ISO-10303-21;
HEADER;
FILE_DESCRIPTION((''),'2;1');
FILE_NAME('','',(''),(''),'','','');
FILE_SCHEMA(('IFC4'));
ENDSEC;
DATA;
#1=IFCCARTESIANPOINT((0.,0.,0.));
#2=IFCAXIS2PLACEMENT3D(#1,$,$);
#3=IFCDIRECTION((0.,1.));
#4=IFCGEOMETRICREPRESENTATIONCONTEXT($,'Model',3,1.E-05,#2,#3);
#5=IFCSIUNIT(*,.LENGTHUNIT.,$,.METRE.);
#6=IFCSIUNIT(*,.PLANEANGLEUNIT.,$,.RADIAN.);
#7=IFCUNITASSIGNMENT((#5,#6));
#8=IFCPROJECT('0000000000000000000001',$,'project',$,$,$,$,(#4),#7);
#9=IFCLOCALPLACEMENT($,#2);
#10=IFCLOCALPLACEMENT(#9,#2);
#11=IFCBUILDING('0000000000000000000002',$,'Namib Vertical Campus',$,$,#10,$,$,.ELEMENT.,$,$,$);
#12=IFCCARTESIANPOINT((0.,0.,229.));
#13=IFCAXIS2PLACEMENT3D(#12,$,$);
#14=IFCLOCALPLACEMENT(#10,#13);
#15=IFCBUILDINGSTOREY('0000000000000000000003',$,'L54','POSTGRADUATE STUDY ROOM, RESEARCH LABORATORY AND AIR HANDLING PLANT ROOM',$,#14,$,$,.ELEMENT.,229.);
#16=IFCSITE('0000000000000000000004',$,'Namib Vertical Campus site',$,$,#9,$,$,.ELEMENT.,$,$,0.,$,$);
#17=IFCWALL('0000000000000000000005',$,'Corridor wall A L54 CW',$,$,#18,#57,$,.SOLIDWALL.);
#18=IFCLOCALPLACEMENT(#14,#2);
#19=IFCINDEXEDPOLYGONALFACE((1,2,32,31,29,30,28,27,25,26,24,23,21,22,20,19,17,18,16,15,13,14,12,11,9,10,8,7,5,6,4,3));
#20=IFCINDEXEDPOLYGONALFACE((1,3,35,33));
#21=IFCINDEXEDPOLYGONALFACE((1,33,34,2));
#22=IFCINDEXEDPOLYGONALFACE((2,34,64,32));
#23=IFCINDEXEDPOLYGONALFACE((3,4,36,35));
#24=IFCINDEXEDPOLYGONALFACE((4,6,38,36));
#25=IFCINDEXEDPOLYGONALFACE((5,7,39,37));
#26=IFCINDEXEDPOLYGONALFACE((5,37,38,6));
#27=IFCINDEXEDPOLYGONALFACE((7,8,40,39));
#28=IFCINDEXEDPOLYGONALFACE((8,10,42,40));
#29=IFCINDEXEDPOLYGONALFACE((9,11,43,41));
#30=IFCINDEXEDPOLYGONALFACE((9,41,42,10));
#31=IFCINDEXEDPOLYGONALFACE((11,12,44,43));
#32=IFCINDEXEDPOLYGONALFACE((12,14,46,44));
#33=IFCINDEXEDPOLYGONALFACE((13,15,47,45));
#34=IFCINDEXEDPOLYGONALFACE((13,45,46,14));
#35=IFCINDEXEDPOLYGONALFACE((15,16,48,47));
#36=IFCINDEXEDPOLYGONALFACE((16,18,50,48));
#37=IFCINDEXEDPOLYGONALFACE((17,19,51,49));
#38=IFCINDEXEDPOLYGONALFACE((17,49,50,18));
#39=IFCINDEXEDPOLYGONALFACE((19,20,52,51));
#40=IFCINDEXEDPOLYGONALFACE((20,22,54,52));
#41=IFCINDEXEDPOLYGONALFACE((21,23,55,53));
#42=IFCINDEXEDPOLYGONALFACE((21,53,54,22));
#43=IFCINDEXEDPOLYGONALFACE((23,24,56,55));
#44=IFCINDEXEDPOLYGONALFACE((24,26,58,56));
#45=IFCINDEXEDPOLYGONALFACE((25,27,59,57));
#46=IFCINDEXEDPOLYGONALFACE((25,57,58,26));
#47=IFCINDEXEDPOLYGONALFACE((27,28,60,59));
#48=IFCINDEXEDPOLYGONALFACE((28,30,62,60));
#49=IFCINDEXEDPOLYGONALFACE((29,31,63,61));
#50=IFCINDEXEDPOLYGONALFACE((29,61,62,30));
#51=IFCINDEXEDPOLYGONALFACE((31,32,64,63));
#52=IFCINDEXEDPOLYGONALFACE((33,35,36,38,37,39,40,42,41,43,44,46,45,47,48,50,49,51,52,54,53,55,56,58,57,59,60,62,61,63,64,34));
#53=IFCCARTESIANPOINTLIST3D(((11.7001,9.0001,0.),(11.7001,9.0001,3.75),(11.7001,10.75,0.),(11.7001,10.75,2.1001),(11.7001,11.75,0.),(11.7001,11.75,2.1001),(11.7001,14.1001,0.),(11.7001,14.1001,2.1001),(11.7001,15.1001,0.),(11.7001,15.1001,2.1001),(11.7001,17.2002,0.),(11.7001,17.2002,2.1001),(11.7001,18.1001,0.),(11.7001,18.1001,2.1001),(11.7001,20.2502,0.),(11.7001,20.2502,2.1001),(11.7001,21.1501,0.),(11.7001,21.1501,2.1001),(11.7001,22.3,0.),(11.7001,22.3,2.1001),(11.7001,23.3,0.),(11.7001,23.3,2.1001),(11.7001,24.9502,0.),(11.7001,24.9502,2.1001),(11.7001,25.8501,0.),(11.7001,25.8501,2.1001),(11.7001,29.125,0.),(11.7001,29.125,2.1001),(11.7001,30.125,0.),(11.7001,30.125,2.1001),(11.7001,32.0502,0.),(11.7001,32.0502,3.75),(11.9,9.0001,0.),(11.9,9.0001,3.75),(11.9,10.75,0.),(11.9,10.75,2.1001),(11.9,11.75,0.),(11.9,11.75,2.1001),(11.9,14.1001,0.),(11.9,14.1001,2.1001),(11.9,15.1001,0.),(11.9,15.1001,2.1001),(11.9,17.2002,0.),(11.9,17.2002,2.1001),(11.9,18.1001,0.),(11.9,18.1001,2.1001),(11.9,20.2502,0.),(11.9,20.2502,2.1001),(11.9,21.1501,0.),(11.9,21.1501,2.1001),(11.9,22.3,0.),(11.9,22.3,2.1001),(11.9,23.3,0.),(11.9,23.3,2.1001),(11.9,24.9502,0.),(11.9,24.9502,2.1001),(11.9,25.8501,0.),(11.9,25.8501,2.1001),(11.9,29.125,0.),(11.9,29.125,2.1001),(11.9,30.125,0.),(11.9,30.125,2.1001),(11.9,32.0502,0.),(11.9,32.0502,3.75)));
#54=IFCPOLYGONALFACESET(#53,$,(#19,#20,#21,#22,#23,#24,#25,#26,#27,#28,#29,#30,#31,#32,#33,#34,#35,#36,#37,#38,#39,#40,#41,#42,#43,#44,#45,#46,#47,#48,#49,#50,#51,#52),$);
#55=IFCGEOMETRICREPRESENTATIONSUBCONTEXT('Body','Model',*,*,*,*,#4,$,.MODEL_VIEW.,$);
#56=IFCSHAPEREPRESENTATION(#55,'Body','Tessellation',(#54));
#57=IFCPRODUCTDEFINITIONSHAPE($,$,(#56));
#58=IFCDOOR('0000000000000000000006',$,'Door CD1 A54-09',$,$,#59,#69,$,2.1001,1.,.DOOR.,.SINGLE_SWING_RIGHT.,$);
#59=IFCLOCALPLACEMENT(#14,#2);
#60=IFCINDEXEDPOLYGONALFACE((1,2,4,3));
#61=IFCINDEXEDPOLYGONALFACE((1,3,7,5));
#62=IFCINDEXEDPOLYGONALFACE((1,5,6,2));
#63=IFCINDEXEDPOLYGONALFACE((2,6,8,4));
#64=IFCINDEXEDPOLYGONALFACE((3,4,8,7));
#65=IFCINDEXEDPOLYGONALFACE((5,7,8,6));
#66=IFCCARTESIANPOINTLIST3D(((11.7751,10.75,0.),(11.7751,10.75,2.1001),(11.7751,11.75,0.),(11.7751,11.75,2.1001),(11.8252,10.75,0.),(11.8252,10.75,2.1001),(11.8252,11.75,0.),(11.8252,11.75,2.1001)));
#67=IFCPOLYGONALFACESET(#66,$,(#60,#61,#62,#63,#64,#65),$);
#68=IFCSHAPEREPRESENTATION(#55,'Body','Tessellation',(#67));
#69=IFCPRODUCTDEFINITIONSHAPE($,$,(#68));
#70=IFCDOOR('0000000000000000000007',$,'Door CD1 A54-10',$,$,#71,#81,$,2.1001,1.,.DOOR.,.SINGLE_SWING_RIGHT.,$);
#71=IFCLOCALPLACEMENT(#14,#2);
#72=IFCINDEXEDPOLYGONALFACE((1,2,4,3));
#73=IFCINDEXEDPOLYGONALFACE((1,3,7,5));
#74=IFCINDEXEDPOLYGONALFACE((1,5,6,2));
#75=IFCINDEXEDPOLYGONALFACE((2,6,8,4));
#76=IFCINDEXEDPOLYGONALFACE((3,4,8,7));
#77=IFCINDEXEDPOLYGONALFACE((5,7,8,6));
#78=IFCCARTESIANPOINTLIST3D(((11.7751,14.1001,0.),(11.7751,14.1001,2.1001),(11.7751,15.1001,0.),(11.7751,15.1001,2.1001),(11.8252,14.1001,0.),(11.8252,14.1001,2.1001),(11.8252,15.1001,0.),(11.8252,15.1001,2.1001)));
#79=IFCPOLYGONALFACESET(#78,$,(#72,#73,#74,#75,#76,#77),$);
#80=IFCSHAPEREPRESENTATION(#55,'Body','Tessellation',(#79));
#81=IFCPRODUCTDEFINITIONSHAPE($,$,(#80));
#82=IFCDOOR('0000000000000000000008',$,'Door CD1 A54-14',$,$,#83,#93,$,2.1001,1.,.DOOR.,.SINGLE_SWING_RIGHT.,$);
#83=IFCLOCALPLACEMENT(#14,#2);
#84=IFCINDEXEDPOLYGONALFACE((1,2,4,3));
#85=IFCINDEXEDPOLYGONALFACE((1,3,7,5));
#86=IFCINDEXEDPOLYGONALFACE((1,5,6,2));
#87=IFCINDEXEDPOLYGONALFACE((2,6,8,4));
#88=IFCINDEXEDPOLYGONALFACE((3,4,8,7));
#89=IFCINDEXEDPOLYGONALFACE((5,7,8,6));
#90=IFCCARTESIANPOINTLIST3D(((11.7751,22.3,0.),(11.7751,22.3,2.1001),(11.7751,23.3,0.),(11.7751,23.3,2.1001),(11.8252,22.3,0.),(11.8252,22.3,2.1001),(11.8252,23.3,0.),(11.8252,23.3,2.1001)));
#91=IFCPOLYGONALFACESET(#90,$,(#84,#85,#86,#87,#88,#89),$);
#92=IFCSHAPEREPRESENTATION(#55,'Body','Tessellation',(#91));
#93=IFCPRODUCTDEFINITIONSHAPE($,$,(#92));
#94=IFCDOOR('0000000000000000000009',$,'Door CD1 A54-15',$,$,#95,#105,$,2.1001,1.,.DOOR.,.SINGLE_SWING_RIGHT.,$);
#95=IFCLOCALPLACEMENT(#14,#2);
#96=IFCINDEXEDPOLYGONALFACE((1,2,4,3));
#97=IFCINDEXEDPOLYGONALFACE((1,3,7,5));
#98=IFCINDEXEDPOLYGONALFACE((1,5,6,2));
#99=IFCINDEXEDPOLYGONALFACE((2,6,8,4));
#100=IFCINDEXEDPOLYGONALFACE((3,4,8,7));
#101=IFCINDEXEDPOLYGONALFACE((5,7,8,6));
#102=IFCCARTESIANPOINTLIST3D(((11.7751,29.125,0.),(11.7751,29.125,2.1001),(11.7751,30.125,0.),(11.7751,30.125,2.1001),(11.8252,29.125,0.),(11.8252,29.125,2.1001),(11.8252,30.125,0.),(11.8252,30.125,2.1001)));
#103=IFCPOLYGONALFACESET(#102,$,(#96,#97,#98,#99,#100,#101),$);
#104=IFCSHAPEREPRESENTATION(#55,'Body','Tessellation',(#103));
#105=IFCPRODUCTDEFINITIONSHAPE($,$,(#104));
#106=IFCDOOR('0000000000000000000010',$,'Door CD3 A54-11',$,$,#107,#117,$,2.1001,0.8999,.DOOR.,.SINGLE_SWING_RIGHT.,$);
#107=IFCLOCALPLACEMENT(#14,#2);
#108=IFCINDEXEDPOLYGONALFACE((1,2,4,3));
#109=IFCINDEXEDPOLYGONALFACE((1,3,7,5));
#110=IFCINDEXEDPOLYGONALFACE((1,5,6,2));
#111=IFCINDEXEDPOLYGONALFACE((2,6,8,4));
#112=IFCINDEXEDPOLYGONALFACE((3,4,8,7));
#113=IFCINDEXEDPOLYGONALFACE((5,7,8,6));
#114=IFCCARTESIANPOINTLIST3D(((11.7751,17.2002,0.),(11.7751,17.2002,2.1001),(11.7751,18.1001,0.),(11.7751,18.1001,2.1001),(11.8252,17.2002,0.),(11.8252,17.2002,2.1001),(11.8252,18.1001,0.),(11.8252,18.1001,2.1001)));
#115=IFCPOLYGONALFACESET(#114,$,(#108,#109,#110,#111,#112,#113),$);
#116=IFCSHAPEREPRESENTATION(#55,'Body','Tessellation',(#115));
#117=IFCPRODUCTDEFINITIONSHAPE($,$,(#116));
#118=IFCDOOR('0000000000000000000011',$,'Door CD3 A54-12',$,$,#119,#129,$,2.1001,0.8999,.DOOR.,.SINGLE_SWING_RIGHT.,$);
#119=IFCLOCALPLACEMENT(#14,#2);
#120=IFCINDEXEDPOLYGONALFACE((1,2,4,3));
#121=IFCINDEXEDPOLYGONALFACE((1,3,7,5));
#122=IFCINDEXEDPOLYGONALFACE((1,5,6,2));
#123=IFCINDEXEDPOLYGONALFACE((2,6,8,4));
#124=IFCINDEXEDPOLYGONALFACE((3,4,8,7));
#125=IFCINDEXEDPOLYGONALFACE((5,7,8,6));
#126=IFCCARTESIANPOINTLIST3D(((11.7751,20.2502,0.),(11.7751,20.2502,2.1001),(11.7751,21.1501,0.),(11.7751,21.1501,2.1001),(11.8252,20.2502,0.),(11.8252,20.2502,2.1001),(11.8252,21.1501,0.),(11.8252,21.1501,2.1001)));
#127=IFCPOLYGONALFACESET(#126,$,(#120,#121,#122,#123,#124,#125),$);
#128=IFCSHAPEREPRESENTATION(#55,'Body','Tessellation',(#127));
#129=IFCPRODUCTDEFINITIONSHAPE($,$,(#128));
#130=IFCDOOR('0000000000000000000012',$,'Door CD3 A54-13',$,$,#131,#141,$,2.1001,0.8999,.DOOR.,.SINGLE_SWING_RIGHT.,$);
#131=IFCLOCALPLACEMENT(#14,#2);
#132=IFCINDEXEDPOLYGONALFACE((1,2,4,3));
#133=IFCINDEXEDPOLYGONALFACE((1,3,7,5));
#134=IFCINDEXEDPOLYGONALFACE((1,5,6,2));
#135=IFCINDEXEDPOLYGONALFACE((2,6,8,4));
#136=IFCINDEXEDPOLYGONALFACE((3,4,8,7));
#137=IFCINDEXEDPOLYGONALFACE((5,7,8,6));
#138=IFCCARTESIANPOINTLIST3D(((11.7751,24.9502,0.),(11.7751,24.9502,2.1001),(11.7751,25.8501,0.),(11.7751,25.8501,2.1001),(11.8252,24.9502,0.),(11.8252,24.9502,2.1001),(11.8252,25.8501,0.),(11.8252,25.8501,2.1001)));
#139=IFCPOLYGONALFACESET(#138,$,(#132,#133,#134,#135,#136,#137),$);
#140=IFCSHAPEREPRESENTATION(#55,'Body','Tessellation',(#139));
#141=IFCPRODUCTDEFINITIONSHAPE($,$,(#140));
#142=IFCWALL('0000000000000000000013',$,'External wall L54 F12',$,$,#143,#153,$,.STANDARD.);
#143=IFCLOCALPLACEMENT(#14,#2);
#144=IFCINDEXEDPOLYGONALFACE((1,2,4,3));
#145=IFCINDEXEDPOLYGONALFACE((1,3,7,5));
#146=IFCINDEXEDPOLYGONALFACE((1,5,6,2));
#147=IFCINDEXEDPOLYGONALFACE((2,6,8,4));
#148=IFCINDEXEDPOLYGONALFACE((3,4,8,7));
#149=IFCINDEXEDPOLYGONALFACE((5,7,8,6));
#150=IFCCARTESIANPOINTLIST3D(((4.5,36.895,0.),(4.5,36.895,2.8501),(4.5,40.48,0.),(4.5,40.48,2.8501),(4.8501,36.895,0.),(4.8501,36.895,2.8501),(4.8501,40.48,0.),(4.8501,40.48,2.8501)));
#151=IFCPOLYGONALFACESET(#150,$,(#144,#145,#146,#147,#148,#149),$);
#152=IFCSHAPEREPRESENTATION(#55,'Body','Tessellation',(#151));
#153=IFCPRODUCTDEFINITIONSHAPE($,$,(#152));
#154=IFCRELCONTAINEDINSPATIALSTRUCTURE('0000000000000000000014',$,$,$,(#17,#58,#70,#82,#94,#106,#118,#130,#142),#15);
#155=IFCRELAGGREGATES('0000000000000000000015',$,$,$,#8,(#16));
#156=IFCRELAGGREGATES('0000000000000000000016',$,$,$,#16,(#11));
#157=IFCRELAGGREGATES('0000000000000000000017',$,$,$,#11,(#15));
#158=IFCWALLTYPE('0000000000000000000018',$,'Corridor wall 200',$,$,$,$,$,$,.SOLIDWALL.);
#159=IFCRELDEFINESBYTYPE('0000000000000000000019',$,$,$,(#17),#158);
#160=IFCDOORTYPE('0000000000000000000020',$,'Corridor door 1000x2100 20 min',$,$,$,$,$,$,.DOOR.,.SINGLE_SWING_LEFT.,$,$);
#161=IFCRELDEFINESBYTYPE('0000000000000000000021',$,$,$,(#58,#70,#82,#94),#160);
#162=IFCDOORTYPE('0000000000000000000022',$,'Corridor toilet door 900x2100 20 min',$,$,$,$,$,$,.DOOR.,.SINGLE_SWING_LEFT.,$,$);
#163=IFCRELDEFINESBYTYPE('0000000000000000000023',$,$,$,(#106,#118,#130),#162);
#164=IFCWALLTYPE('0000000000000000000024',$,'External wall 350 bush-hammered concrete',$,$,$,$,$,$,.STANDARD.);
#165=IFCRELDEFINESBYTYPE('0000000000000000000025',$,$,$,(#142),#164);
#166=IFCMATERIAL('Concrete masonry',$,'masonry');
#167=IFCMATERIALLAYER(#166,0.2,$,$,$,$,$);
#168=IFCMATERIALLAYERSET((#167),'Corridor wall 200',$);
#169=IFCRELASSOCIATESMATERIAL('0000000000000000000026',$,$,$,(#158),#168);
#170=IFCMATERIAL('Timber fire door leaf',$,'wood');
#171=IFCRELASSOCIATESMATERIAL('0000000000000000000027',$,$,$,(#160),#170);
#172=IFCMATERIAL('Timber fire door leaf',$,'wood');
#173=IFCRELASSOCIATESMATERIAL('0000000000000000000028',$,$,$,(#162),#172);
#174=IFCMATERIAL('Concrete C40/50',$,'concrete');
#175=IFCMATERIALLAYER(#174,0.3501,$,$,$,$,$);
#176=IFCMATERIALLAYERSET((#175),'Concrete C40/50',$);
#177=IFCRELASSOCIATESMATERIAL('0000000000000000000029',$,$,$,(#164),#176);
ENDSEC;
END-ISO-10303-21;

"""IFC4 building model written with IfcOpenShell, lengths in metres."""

from ifc_helpers import new_model, si_unit, direction, frame, frame_2d, origin, place, context, subcontext, project, spatial, rectangle, extrude, material, layer, layer_set, type_object, element, fill, save


model = new_model("IFC4")

# Units and contexts
model_context = context("Model", 3, precision=1e-05, world=origin(), true_north=direction((0.0, 1.0)))
body_context = subcontext(model_context, "Body", "Model", "MODEL_VIEW")
ifc_project = project(units=[si_unit("LENGTHUNIT", "METRE"), si_unit("PLANEANGLEUNIT", "RADIAN")], contexts=[model_context])

# Site, building, storey
site_placement = place(None, origin())
site = spatial("IfcSite", under=ifc_project, at=site_placement, Name="Namib Vertical Campus site", CompositionType="ELEMENT", RefElevation=0.0)
building_placement = place(site_placement, origin())
building = spatial("IfcBuilding", under=site, at=building_placement, Name="Namib Vertical Campus", CompositionType="ELEMENT")
storey_placement = place(building_placement, frame((0.0, 0.0, 229.0)))
storey = spatial("IfcBuildingStorey", under=building, at=storey_placement, Name="L54", Description="POSTGRADUATE STUDY ROOM, RESEARCH LABORATORY AND AIR HANDLING PLANT ROOM", CompositionType="ELEMENT", Elevation=229.0)

# Wall, openings, doors
ifc_material_1 = material(Name="Concrete masonry", Category="masonry")
ifc_layer_1 = layer(ifc_material_1, 0.2)
ifc_layer_set_1 = layer_set([ifc_layer_1], Name="Corridor wall 200")
wall_type_1 = type_object("IfcWallType", Name="Corridor wall 200", PredefinedType="SOLIDWALL", material=ifc_layer_set_1)
wall_1_placement = place(storey_placement, frame((11.8, 32.05, 0.0), z_axis=(0.0, 0.0, 1.0), x_axis=(0.0, -1.0, 0.0)))
wall_1 = element("IfcWall", 1, at=wall_1_placement, inside=storey, type_object=wall_type_1, Name="Corridor wall A L54 CW", PredefinedType="SOLIDWALL", context=body_context, shape_type="SweptSolid", body=[
    extrude(rectangle(XDim=23.05, YDim=0.2, at=frame_2d((11.5249, 0.0))), origin(), (0.0, 0.0, 1.0), 3.75),
])
opening_1_placement = place(wall_1_placement, frame((20.3, 0.0, 0.0)))
opening_1 = element("IfcOpeningElement", 2, at=opening_1_placement, cuts=wall_1, PredefinedType="OPENING", context=body_context, shape_type="SweptSolid", body=[
    extrude(rectangle(XDim=1.0, YDim=2.1001, at=frame_2d((0.5, 1.05))), frame((0.0, 0.1099, 0.0), z_axis=(0.0, -1.0, 0.0), x_axis=(1.0, 0.0, 0.0)), (0.0, 0.0, 1.0), 0.22),
])
opening_2_placement = place(wall_1_placement, frame((16.95, 0.0, 0.0)))
opening_2 = element("IfcOpeningElement", 3, at=opening_2_placement, cuts=wall_1, PredefinedType="OPENING", context=body_context, shape_type="SweptSolid", body=[
    extrude(rectangle(XDim=1.0, YDim=2.1001, at=frame_2d((0.5, 1.05))), frame((0.0, 0.1099, 0.0), z_axis=(0.0, -1.0, 0.0), x_axis=(1.0, 0.0, 0.0)), (0.0, 0.0, 1.0), 0.22),
])
opening_3_placement = place(wall_1_placement, frame((13.95, 0.0, 0.0)))
opening_3 = element("IfcOpeningElement", 4, at=opening_3_placement, cuts=wall_1, PredefinedType="OPENING", context=body_context, shape_type="SweptSolid", body=[
    extrude(rectangle(XDim=0.8999, YDim=2.1001, at=frame_2d((0.45, 1.05))), frame((0.0, 0.1099, 0.0), z_axis=(0.0, -1.0, 0.0), x_axis=(1.0, 0.0, 0.0)), (0.0, 0.0, 1.0), 0.22),
])
opening_4_placement = place(wall_1_placement, frame((10.8999, 0.0, 0.0)))
opening_4 = element("IfcOpeningElement", 5, at=opening_4_placement, cuts=wall_1, PredefinedType="OPENING", context=body_context, shape_type="SweptSolid", body=[
    extrude(rectangle(XDim=0.8999, YDim=2.1001, at=frame_2d((0.45, 1.05))), frame((0.0, 0.1099, 0.0), z_axis=(0.0, -1.0, 0.0), x_axis=(1.0, 0.0, 0.0)), (0.0, 0.0, 1.0), 0.22),
])
opening_5_placement = place(wall_1_placement, frame((6.2, 0.0, 0.0)))
opening_5 = element("IfcOpeningElement", 6, at=opening_5_placement, cuts=wall_1, PredefinedType="OPENING", context=body_context, shape_type="SweptSolid", body=[
    extrude(rectangle(XDim=0.8999, YDim=2.1001, at=frame_2d((0.45, 1.05))), frame((0.0, 0.1099, 0.0), z_axis=(0.0, -1.0, 0.0), x_axis=(1.0, 0.0, 0.0)), (0.0, 0.0, 1.0), 0.22),
])
opening_6_placement = place(wall_1_placement, frame((8.75, 0.0, 0.0)))
opening_6 = element("IfcOpeningElement", 7, at=opening_6_placement, cuts=wall_1, PredefinedType="OPENING", context=body_context, shape_type="SweptSolid", body=[
    extrude(rectangle(XDim=1.0, YDim=2.1001, at=frame_2d((0.5, 1.05))), frame((0.0, 0.1099, 0.0), z_axis=(0.0, -1.0, 0.0), x_axis=(1.0, 0.0, 0.0)), (0.0, 0.0, 1.0), 0.22),
])
opening_7_placement = place(wall_1_placement, frame((1.925, 0.0, 0.0)))
opening_7 = element("IfcOpeningElement", 8, at=opening_7_placement, cuts=wall_1, PredefinedType="OPENING", context=body_context, shape_type="SweptSolid", body=[
    extrude(rectangle(XDim=1.0, YDim=2.1001, at=frame_2d((0.5, 1.05))), frame((0.0, 0.1099, 0.0), z_axis=(0.0, -1.0, 0.0), x_axis=(1.0, 0.0, 0.0)), (0.0, 0.0, 1.0), 0.22),
])
ifc_material_2 = material(Name="Timber fire door leaf", Category="wood")
door_type_1 = type_object("IfcDoorType", Name="Corridor door 1000x2100 20 min", OperationType="SINGLE_SWING_LEFT", PredefinedType="DOOR", material=ifc_material_2)
door_1_placement = place(opening_1_placement, frame((1.0, 0.0, 0.0), z_axis=(0.0, 0.0, 1.0), x_axis=(-1.0, 0.0, 0.0)))
door_1 = element("IfcDoor", 9, at=door_1_placement, inside=storey, type_object=door_type_1, Name="Door CD1 A54-09", OperationType="SINGLE_SWING_RIGHT", OverallHeight=2.1001, OverallWidth=1.0, PredefinedType="DOOR", context=body_context, shape_type="SweptSolid", body=[
    extrude(rectangle(XDim=1.0, YDim=2.1001, at=frame_2d((0.5, 1.05))), frame((0.0, 0.0249, 0.0), z_axis=(0.0, -1.0, 0.0), x_axis=(1.0, 0.0, 0.0)), (0.0, 0.0, 1.0), 0.05),
])
fill(opening_1, door_1)
door_2_placement = place(opening_2_placement, frame((1.0, 0.0, 0.0), z_axis=(0.0, 0.0, 1.0), x_axis=(-1.0, 0.0, 0.0)))
door_2 = element("IfcDoor", 10, at=door_2_placement, inside=storey, type_object=door_type_1, Name="Door CD1 A54-10", OperationType="SINGLE_SWING_RIGHT", OverallHeight=2.1001, OverallWidth=1.0, PredefinedType="DOOR", context=body_context, shape_type="SweptSolid", body=[
    extrude(rectangle(XDim=1.0, YDim=2.1001, at=frame_2d((0.5, 1.05))), frame((0.0, 0.0249, 0.0), z_axis=(0.0, -1.0, 0.0), x_axis=(1.0, 0.0, 0.0)), (0.0, 0.0, 1.0), 0.05),
])
fill(opening_2, door_2)
door_3_placement = place(opening_6_placement, frame((1.0, 0.0, 0.0), z_axis=(0.0, 0.0, 1.0), x_axis=(-1.0, 0.0, 0.0)))
door_3 = element("IfcDoor", 11, at=door_3_placement, inside=storey, type_object=door_type_1, Name="Door CD1 A54-14", OperationType="SINGLE_SWING_RIGHT", OverallHeight=2.1001, OverallWidth=1.0, PredefinedType="DOOR", context=body_context, shape_type="SweptSolid", body=[
    extrude(rectangle(XDim=1.0, YDim=2.1001, at=frame_2d((0.5, 1.05))), frame((0.0, 0.0249, 0.0), z_axis=(0.0, -1.0, 0.0), x_axis=(1.0, 0.0, 0.0)), (0.0, 0.0, 1.0), 0.05),
])
fill(opening_6, door_3)
door_4_placement = place(opening_7_placement, frame((1.0, 0.0, 0.0), z_axis=(0.0, 0.0, 1.0), x_axis=(-1.0, 0.0, 0.0)))
door_4 = element("IfcDoor", 12, at=door_4_placement, inside=storey, type_object=door_type_1, Name="Door CD1 A54-15", OperationType="SINGLE_SWING_RIGHT", OverallHeight=2.1001, OverallWidth=1.0, PredefinedType="DOOR", context=body_context, shape_type="SweptSolid", body=[
    extrude(rectangle(XDim=1.0, YDim=2.1001, at=frame_2d((0.5, 1.05))), frame((0.0, 0.0249, 0.0), z_axis=(0.0, -1.0, 0.0), x_axis=(1.0, 0.0, 0.0)), (0.0, 0.0, 1.0), 0.05),
])
fill(opening_7, door_4)
ifc_material_3 = material(Name="Timber fire door leaf", Category="wood")
door_type_2 = type_object("IfcDoorType", Name="Corridor toilet door 900x2100 20 min", OperationType="SINGLE_SWING_LEFT", PredefinedType="DOOR", material=ifc_material_3)
door_5_placement = place(opening_3_placement, frame((0.8999, 0.0, 0.0), z_axis=(0.0, 0.0, 1.0), x_axis=(-1.0, 0.0, 0.0)))
door_5 = element("IfcDoor", 13, at=door_5_placement, inside=storey, type_object=door_type_2, Name="Door CD3 A54-11", OperationType="SINGLE_SWING_RIGHT", OverallHeight=2.1001, OverallWidth=0.8999, PredefinedType="DOOR", context=body_context, shape_type="SweptSolid", body=[
    extrude(rectangle(XDim=0.8999, YDim=2.1001, at=frame_2d((0.45, 1.05))), frame((0.0, 0.0249, 0.0), z_axis=(0.0, -1.0, 0.0), x_axis=(1.0, 0.0, 0.0)), (0.0, 0.0, 1.0), 0.05),
])
fill(opening_3, door_5)
door_6_placement = place(opening_4_placement, frame((0.8999, 0.0, 0.0), z_axis=(0.0, 0.0, 1.0), x_axis=(-1.0, 0.0, 0.0)))
door_6 = element("IfcDoor", 14, at=door_6_placement, inside=storey, type_object=door_type_2, Name="Door CD3 A54-12", OperationType="SINGLE_SWING_RIGHT", OverallHeight=2.1001, OverallWidth=0.8999, PredefinedType="DOOR", context=body_context, shape_type="SweptSolid", body=[
    extrude(rectangle(XDim=0.8999, YDim=2.1001, at=frame_2d((0.45, 1.05))), frame((0.0, 0.0249, 0.0), z_axis=(0.0, -1.0, 0.0), x_axis=(1.0, 0.0, 0.0)), (0.0, 0.0, 1.0), 0.05),
])
fill(opening_4, door_6)
door_7_placement = place(opening_5_placement, frame((0.8999, 0.0, 0.0), z_axis=(0.0, 0.0, 1.0), x_axis=(-1.0, 0.0, 0.0)))
door_7 = element("IfcDoor", 15, at=door_7_placement, inside=storey, type_object=door_type_2, Name="Door CD3 A54-13", OperationType="SINGLE_SWING_RIGHT", OverallHeight=2.1001, OverallWidth=0.8999, PredefinedType="DOOR", context=body_context, shape_type="SweptSolid", body=[
    extrude(rectangle(XDim=0.8999, YDim=2.1001, at=frame_2d((0.45, 1.05))), frame((0.0, 0.0249, 0.0), z_axis=(0.0, -1.0, 0.0), x_axis=(1.0, 0.0, 0.0)), (0.0, 0.0, 1.0), 0.05),
])
fill(opening_5, door_7)

# Wall
ifc_material_4 = material(Name="Concrete C40/50", Category="concrete")
ifc_layer_2 = layer(ifc_material_4, 0.3501)
ifc_layer_set_2 = layer_set([ifc_layer_2], Name="Concrete C40/50")
wall_type_2 = type_object("IfcWallType", Name="External wall 350 bush-hammered concrete", PredefinedType="STANDARD", material=ifc_layer_set_2)
wall_2_placement = place(storey_placement, frame((4.675, 40.48, 0.0), z_axis=(0.0, 0.0, 1.0), x_axis=(0.0, -1.0, 0.0)))
element("IfcWall", 16, at=wall_2_placement, inside=storey, type_object=wall_type_2, Name="External wall L54 F12", PredefinedType="STANDARD", context=body_context, shape_type="SweptSolid", body=[
    extrude(rectangle(XDim=3.585, YDim=0.3501, at=frame_2d((1.7925, 0.0))), origin(), (0.0, 0.0, 1.0), 2.8501),
])

save(model, "model.ifc")
